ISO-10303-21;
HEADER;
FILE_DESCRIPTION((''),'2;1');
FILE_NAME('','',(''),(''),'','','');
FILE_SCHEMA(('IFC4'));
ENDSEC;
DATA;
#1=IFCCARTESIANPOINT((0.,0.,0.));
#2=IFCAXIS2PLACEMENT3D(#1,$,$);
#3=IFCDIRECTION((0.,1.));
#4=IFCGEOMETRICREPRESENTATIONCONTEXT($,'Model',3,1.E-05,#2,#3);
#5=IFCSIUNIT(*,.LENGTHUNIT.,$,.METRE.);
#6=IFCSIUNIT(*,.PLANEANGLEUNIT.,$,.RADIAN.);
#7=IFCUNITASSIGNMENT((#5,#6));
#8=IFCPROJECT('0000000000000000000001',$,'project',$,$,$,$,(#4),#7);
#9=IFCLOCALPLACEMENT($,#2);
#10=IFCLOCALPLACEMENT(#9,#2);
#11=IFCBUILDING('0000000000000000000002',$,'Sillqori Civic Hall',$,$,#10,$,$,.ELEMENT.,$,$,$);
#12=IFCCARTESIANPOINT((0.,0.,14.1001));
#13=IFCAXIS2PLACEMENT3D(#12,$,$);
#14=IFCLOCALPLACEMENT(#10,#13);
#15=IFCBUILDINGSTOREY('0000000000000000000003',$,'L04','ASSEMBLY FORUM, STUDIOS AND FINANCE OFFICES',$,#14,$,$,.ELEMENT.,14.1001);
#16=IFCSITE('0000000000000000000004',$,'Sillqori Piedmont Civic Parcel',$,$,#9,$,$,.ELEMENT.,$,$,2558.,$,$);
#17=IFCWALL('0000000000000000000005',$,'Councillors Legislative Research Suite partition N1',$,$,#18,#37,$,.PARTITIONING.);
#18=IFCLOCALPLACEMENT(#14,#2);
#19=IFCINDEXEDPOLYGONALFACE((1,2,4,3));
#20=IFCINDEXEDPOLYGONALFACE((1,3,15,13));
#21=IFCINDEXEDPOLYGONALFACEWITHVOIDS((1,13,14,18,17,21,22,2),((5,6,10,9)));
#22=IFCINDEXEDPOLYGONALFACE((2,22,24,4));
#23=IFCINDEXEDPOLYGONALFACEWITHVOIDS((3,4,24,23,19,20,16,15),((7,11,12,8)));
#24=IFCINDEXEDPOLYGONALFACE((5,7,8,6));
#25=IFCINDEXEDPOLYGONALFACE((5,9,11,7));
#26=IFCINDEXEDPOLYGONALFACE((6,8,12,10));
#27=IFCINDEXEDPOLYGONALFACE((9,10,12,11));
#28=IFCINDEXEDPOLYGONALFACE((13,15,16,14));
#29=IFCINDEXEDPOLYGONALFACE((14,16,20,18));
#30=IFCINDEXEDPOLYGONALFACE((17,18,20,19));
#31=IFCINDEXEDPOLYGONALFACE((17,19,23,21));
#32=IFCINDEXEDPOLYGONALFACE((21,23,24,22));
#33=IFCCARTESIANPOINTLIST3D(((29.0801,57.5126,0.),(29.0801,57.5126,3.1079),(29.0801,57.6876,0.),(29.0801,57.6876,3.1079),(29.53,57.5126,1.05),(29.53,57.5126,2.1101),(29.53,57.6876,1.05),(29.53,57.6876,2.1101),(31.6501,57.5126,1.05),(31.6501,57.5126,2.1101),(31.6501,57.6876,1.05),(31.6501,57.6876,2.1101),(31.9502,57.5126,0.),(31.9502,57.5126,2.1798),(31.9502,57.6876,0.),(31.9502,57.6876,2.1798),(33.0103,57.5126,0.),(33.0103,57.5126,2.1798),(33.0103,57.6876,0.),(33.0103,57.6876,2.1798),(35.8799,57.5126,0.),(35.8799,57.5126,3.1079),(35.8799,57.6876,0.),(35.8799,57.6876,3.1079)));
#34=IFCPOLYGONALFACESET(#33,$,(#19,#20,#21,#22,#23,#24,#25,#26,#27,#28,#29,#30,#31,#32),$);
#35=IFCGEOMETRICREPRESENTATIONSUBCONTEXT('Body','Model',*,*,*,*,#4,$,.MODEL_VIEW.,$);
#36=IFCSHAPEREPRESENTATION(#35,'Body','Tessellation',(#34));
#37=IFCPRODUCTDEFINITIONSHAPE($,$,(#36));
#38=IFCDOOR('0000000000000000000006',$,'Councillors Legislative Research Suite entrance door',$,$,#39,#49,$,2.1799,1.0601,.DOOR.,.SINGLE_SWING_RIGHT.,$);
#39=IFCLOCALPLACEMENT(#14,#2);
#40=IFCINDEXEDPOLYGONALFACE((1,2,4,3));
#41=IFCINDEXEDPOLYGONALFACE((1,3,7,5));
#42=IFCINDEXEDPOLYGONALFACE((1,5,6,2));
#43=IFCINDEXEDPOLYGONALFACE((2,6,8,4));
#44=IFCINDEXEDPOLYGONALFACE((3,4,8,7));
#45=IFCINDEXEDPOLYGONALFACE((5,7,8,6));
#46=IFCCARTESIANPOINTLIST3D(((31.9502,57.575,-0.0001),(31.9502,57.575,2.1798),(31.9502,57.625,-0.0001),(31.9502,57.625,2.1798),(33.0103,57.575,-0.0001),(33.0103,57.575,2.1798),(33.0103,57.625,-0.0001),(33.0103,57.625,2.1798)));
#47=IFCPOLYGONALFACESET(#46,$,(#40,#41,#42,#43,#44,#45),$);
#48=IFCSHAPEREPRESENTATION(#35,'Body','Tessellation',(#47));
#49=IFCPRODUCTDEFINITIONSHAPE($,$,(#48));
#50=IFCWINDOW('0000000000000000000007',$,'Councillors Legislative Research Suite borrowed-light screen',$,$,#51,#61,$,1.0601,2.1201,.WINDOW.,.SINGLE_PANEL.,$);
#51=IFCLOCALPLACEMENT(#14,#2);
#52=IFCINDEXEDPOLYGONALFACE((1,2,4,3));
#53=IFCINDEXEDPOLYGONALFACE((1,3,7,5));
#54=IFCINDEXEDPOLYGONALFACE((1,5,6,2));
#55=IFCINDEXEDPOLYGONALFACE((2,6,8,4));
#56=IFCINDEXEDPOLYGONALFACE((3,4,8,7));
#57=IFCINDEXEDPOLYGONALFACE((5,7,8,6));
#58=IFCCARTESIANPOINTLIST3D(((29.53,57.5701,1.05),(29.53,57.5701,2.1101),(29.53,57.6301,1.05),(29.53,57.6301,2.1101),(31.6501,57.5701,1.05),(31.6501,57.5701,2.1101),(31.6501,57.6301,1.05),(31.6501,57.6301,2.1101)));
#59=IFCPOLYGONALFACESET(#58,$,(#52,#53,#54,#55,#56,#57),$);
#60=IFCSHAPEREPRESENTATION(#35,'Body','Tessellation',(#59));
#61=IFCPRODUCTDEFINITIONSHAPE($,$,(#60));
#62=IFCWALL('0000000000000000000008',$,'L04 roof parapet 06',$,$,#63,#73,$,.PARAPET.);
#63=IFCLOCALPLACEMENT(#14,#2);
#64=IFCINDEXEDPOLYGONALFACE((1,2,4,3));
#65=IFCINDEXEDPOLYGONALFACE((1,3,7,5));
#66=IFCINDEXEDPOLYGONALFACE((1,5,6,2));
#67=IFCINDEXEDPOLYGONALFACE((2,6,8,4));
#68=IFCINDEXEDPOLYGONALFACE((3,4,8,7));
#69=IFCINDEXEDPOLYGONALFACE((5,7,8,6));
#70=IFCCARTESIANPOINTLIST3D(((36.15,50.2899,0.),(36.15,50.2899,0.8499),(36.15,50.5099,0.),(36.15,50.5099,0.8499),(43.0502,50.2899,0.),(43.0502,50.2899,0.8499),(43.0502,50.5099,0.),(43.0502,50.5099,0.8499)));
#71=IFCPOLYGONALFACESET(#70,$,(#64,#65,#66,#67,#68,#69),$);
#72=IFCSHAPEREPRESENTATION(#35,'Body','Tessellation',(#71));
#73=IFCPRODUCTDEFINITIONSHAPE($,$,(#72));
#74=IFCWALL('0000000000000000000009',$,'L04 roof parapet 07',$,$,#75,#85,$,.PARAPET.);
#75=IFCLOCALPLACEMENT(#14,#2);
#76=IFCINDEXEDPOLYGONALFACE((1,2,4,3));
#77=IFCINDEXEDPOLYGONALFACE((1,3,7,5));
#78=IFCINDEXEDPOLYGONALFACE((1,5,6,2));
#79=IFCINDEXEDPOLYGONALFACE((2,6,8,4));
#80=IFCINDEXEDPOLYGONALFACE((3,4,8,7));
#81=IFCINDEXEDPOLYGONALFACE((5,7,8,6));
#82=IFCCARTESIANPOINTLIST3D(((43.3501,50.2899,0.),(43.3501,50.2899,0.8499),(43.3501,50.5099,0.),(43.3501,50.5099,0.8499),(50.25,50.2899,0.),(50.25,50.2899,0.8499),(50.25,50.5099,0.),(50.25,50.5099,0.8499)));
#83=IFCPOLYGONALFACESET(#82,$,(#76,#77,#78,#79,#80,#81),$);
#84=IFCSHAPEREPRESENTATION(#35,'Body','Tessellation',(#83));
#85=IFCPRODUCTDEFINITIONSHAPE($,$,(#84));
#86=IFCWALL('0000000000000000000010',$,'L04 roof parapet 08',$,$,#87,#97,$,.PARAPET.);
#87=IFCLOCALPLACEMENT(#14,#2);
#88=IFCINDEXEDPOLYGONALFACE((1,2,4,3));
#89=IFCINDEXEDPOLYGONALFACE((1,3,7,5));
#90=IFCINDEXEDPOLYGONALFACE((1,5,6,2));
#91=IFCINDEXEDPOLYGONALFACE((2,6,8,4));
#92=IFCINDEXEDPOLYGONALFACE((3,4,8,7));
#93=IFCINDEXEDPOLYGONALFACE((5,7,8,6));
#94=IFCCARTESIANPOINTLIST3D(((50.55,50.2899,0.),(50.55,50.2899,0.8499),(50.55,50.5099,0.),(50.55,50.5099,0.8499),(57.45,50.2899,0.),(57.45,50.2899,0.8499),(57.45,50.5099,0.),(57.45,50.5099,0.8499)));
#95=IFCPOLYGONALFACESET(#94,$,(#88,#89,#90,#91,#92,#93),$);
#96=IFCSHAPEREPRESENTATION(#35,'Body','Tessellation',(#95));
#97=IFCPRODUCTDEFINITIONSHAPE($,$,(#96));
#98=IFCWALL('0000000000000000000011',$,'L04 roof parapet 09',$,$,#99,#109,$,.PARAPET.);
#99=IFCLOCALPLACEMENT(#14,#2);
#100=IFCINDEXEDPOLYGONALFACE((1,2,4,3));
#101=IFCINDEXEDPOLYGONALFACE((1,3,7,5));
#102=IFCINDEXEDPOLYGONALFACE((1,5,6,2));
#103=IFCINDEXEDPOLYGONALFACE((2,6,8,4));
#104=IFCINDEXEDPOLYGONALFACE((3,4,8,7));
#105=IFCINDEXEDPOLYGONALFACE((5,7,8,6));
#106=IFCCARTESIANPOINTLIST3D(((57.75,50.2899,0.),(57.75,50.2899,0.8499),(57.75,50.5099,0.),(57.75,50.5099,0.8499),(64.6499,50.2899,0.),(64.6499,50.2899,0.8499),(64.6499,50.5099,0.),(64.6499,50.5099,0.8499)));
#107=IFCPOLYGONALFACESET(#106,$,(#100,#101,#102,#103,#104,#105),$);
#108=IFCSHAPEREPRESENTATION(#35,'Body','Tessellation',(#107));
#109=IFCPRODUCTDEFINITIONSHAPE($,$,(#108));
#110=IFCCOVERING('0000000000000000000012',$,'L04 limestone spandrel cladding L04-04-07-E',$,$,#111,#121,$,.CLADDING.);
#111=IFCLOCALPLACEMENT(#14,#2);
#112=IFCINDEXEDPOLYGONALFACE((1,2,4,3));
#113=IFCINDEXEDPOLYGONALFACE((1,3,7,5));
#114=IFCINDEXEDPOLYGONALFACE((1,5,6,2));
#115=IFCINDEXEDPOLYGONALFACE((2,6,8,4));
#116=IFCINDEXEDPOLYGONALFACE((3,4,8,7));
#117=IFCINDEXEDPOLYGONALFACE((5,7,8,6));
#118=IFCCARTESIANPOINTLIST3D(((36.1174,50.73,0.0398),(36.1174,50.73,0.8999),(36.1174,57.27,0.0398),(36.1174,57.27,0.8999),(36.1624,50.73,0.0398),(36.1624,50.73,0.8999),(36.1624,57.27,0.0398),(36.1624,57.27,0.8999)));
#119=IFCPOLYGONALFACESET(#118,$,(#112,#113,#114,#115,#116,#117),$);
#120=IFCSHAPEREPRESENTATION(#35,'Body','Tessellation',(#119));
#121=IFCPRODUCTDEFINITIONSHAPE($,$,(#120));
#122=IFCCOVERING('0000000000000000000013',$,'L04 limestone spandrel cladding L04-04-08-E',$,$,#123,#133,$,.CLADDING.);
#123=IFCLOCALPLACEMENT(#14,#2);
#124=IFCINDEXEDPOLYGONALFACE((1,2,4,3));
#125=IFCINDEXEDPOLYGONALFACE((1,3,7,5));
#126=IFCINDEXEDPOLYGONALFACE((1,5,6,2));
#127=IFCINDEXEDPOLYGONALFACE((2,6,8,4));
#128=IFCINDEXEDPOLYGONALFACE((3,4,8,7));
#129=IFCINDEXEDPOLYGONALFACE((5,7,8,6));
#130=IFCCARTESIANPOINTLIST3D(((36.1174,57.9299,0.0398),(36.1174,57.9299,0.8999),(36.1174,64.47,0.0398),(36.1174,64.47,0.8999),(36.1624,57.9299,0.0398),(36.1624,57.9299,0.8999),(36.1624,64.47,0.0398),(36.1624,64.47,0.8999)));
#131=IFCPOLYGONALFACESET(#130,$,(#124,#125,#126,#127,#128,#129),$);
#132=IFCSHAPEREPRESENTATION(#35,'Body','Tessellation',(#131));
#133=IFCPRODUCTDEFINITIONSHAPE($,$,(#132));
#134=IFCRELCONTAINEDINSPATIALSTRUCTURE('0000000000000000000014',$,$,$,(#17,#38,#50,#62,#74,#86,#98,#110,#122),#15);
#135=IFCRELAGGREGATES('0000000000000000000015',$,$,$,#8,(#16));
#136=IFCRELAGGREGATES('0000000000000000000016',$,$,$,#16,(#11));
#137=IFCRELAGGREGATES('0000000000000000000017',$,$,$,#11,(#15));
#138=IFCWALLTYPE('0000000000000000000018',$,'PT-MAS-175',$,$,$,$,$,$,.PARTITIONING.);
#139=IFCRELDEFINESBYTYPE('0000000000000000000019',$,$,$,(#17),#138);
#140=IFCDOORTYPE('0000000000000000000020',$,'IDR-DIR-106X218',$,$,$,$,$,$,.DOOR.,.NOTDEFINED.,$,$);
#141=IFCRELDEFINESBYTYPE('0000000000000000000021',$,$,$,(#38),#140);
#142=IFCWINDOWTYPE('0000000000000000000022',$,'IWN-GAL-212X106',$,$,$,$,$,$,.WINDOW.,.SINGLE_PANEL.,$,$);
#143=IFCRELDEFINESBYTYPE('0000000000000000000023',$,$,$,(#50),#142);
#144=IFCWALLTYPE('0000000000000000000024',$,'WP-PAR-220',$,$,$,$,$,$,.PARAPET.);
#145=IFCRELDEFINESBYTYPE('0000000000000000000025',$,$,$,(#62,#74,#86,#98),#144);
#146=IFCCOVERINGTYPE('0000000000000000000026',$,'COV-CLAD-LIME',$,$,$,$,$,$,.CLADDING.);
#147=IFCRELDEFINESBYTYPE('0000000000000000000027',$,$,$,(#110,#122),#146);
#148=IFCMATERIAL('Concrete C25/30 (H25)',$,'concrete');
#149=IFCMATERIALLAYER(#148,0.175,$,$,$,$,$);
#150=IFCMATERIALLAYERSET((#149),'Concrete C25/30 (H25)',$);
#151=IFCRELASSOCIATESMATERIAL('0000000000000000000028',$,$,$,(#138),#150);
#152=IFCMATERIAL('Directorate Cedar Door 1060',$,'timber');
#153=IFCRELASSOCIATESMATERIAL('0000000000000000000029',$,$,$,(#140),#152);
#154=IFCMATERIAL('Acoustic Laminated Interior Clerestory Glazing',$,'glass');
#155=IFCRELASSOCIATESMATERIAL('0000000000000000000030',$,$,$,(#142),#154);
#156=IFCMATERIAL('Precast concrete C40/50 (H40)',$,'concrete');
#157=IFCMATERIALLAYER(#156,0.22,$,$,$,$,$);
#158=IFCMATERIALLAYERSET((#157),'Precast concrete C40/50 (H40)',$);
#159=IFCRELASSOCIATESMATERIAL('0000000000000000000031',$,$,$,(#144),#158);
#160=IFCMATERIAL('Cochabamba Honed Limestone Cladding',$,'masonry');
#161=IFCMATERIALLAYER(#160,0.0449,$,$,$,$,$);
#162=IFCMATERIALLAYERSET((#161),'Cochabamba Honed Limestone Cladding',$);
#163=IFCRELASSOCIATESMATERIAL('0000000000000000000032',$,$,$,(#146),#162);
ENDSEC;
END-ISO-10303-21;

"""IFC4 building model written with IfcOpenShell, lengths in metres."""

from ifc_helpers import new_model, si_unit, direction, frame, frame_2d, origin, place, context, subcontext, project, spatial, rectangle, extrude, material, layer, layer_set, type_object, element, fill, save


model = new_model("IFC4")

# Units and contexts
model_context = context("Model", 3, precision=1e-05, world=origin(), true_north=direction((0.0, 1.0)))
body_context = subcontext(model_context, "Body", "Model", "MODEL_VIEW")
ifc_project = project(units=[si_unit("LENGTHUNIT", "METRE"), si_unit("PLANEANGLEUNIT", "RADIAN")], contexts=[model_context])

# Site, building, storey
site_placement = place(None, origin())
site = spatial("IfcSite", under=ifc_project, at=site_placement, Name="Sillqori Piedmont Civic Parcel", CompositionType="ELEMENT", RefElevation=2558.0)
building_placement = place(site_placement, origin())
building = spatial("IfcBuilding", under=site, at=building_placement, Name="Sillqori Civic Hall", CompositionType="ELEMENT")
storey_placement = place(building_placement, frame((0.0, 0.0, 14.1001)))
storey = spatial("IfcBuildingStorey", under=building, at=storey_placement, Name="L04", Description="ASSEMBLY FORUM, STUDIOS AND FINANCE OFFICES", CompositionType="ELEMENT", Elevation=14.1001)

# Shared definitions
ifc_material_1 = material(Name="Precast concrete C40/50 (H40)", Category="concrete")

# Wall, openings, door, window
ifc_material_2 = material(Name="Concrete C25/30 (H25)", Category="concrete")
ifc_layer_1 = layer(ifc_material_2, 0.175)
ifc_layer_set_1 = layer_set([ifc_layer_1], Name="Concrete C25/30 (H25)")
wall_type_1 = type_object("IfcWallType", Name="PT-MAS-175", PredefinedType="PARTITIONING", material=ifc_layer_set_1)
wall_1_placement = place(storey_placement, frame((29.0801, 57.6001, 0.0), z_axis=(0.0, 0.0, 1.0), x_axis=(1.0, 0.0, 0.0)))
wall_1 = element("IfcWall", 1, at=wall_1_placement, inside=storey, type_object=wall_type_1, Name="Councillors Legislative Research Suite partition N1", PredefinedType="PARTITIONING", context=body_context, shape_type="SweptSolid", body=[
    extrude(rectangle(XDim=6.7998, YDim=0.175, at=frame_2d((3.3999, 0.0))), origin(), (0.0, 0.0, 1.0), 3.1079),
])
opening_1_placement = place(wall_1_placement, frame((2.8701, 0.0, 0.0)))
opening_1 = element("IfcOpeningElement", 2, at=opening_1_placement, cuts=wall_1, PredefinedType="OPENING", context=body_context, shape_type="SweptSolid", body=[
    extrude(rectangle(XDim=1.0601, YDim=2.1799, at=frame_2d((0.53, 1.0898))), frame((0.0, 0.0974, 0.0), z_axis=(0.0, -1.0, 0.0), x_axis=(1.0, 0.0, 0.0)), (0.0, 0.0, 1.0), 0.1951),
])
opening_2_placement = place(wall_1_placement, frame((0.45, 0.0, 1.05)))
opening_2 = element("IfcOpeningElement", 3, at=opening_2_placement, cuts=wall_1, PredefinedType="OPENING", context=body_context, shape_type="SweptSolid", body=[
    extrude(rectangle(XDim=2.1201, YDim=1.0601, at=frame_2d((1.0601, 0.53))), frame((0.0, 0.0974, 0.0), z_axis=(0.0, -1.0, 0.0), x_axis=(1.0, 0.0, 0.0)), (0.0, 0.0, 1.0), 0.1951),
])
ifc_material_3 = material(Name="Directorate Cedar Door 1060", Category="timber")
door_type = type_object("IfcDoorType", Name="IDR-DIR-106X218", OperationType="NOTDEFINED", PredefinedType="DOOR", material=ifc_material_3)
door_placement = place(opening_1_placement, origin())
door = element("IfcDoor", 4, at=door_placement, inside=storey, type_object=door_type, Name="Councillors Legislative Research Suite entrance door", OperationType="SINGLE_SWING_RIGHT", OverallHeight=2.1799, OverallWidth=1.0601, PredefinedType="DOOR", context=body_context, shape_type="SweptSolid", body=[
    extrude(rectangle(XDim=1.0601, YDim=2.1799, at=frame_2d((0.53, 1.0898))), frame((0.0, 0.0249, 0.0), z_axis=(0.0, -1.0, 0.0), x_axis=(1.0, 0.0, 0.0)), (0.0, 0.0, 1.0), 0.05),
])
fill(opening_1, door)
ifc_material_4 = material(Name="Acoustic Laminated Interior Clerestory Glazing", Category="glass")
window_type = type_object("IfcWindowType", Name="IWN-GAL-212X106", PartitioningType="SINGLE_PANEL", PredefinedType="WINDOW", material=ifc_material_4)
window_placement = place(opening_2_placement, origin())
window = element("IfcWindow", 5, at=window_placement, inside=storey, type_object=window_type, Name="Councillors Legislative Research Suite borrowed-light screen", OverallHeight=1.0601, OverallWidth=2.1201, PartitioningType="SINGLE_PANEL", PredefinedType="WINDOW", context=body_context, shape_type="SweptSolid", body=[
    extrude(rectangle(XDim=2.1201, YDim=1.0601, at=frame_2d((1.0601, 0.53))), frame((0.0, 0.03, 0.0), z_axis=(0.0, -1.0, 0.0), x_axis=(1.0, 0.0, 0.0)), (0.0, 0.0, 1.0), 0.0601),
])
fill(opening_2, window)

# Walls
ifc_layer_2 = layer(ifc_material_1, 0.22)
ifc_layer_set_2 = layer_set([ifc_layer_2], Name="Precast concrete C40/50 (H40)")
wall_type_2 = type_object("IfcWallType", Name="WP-PAR-220", PredefinedType="PARAPET", material=ifc_layer_set_2)
wall_2_placement = place(storey_placement, frame((36.1499, 50.3999, 0.0), z_axis=(0.0, 0.0, 1.0), x_axis=(1.0, 0.0, 0.0)))
element("IfcWall", 6, at=wall_2_placement, inside=storey, type_object=wall_type_2, Name="L04 roof parapet 06", PredefinedType="PARAPET", context=body_context, shape_type="SweptSolid", body=[
    extrude(rectangle(XDim=6.9001, YDim=0.22, at=frame_2d((3.4502, 0.0))), origin(), (0.0, 0.0, 1.0), 0.8499),
])
for number, where, z_axis, x_axis, name in (
    (7, (43.3501, 50.3999, 0.0), (0.0, 0.0, 1.0), (1.0, 0.0, 0.0), "L04 roof parapet 07"),
    (8, (50.55, 50.3999, 0.0), (0.0, 0.0, 1.0), (1.0, 0.0, 0.0), "L04 roof parapet 08"),
    (9, (57.75, 50.3999, 0.0), (0.0, 0.0, 1.0), (1.0, 0.0, 0.0), "L04 roof parapet 09"),
):
    element("IfcWall", number, at=place(storey_placement, frame(where, z_axis=z_axis, x_axis=x_axis)), inside=storey, type_object=wall_type_2, Name=name, PredefinedType="PARAPET", context=body_context, shape_type="SweptSolid", body=[
        extrude(rectangle(XDim=6.8999, YDim=0.22, at=frame_2d((3.45, 0.0))), origin(), (0.0, 0.0, 1.0), 0.8499),
    ])

# Coverings
ifc_material_5 = material(Name="Cochabamba Honed Limestone Cladding", Category="masonry")
ifc_layer_3 = layer(ifc_material_5, 0.0449)
ifc_layer_set_3 = layer_set([ifc_layer_3], Name="Cochabamba Honed Limestone Cladding")
covering_type = type_object("IfcCoveringType", Name="COV-CLAD-LIME", PredefinedType="CLADDING", material=ifc_layer_set_3)
for number, where, z_axis, x_axis, name in (
    (10, (36.1399, 57.27, 0.0398), (0.0, 0.0, 1.0), (0.0, -1.0, 0.0), "L04 limestone spandrel cladding L04-04-07-E"),
    (11, (36.1399, 64.47, 0.0398), (0.0, 0.0, 1.0), (0.0, -1.0, 0.0), "L04 limestone spandrel cladding L04-04-08-E"),
):
    element("IfcCovering", number, at=place(storey_placement, frame(where, z_axis=z_axis, x_axis=x_axis)), inside=storey, type_object=covering_type, Name=name, PredefinedType="CLADDING", context=body_context, shape_type="SweptSolid", body=[
        extrude(rectangle(XDim=6.54, YDim=0.0449, at=frame_2d((3.27, 0.0))), origin(), (0.0, 0.0, 1.0), 0.8601),
    ])

save(model, "model.ifc")
